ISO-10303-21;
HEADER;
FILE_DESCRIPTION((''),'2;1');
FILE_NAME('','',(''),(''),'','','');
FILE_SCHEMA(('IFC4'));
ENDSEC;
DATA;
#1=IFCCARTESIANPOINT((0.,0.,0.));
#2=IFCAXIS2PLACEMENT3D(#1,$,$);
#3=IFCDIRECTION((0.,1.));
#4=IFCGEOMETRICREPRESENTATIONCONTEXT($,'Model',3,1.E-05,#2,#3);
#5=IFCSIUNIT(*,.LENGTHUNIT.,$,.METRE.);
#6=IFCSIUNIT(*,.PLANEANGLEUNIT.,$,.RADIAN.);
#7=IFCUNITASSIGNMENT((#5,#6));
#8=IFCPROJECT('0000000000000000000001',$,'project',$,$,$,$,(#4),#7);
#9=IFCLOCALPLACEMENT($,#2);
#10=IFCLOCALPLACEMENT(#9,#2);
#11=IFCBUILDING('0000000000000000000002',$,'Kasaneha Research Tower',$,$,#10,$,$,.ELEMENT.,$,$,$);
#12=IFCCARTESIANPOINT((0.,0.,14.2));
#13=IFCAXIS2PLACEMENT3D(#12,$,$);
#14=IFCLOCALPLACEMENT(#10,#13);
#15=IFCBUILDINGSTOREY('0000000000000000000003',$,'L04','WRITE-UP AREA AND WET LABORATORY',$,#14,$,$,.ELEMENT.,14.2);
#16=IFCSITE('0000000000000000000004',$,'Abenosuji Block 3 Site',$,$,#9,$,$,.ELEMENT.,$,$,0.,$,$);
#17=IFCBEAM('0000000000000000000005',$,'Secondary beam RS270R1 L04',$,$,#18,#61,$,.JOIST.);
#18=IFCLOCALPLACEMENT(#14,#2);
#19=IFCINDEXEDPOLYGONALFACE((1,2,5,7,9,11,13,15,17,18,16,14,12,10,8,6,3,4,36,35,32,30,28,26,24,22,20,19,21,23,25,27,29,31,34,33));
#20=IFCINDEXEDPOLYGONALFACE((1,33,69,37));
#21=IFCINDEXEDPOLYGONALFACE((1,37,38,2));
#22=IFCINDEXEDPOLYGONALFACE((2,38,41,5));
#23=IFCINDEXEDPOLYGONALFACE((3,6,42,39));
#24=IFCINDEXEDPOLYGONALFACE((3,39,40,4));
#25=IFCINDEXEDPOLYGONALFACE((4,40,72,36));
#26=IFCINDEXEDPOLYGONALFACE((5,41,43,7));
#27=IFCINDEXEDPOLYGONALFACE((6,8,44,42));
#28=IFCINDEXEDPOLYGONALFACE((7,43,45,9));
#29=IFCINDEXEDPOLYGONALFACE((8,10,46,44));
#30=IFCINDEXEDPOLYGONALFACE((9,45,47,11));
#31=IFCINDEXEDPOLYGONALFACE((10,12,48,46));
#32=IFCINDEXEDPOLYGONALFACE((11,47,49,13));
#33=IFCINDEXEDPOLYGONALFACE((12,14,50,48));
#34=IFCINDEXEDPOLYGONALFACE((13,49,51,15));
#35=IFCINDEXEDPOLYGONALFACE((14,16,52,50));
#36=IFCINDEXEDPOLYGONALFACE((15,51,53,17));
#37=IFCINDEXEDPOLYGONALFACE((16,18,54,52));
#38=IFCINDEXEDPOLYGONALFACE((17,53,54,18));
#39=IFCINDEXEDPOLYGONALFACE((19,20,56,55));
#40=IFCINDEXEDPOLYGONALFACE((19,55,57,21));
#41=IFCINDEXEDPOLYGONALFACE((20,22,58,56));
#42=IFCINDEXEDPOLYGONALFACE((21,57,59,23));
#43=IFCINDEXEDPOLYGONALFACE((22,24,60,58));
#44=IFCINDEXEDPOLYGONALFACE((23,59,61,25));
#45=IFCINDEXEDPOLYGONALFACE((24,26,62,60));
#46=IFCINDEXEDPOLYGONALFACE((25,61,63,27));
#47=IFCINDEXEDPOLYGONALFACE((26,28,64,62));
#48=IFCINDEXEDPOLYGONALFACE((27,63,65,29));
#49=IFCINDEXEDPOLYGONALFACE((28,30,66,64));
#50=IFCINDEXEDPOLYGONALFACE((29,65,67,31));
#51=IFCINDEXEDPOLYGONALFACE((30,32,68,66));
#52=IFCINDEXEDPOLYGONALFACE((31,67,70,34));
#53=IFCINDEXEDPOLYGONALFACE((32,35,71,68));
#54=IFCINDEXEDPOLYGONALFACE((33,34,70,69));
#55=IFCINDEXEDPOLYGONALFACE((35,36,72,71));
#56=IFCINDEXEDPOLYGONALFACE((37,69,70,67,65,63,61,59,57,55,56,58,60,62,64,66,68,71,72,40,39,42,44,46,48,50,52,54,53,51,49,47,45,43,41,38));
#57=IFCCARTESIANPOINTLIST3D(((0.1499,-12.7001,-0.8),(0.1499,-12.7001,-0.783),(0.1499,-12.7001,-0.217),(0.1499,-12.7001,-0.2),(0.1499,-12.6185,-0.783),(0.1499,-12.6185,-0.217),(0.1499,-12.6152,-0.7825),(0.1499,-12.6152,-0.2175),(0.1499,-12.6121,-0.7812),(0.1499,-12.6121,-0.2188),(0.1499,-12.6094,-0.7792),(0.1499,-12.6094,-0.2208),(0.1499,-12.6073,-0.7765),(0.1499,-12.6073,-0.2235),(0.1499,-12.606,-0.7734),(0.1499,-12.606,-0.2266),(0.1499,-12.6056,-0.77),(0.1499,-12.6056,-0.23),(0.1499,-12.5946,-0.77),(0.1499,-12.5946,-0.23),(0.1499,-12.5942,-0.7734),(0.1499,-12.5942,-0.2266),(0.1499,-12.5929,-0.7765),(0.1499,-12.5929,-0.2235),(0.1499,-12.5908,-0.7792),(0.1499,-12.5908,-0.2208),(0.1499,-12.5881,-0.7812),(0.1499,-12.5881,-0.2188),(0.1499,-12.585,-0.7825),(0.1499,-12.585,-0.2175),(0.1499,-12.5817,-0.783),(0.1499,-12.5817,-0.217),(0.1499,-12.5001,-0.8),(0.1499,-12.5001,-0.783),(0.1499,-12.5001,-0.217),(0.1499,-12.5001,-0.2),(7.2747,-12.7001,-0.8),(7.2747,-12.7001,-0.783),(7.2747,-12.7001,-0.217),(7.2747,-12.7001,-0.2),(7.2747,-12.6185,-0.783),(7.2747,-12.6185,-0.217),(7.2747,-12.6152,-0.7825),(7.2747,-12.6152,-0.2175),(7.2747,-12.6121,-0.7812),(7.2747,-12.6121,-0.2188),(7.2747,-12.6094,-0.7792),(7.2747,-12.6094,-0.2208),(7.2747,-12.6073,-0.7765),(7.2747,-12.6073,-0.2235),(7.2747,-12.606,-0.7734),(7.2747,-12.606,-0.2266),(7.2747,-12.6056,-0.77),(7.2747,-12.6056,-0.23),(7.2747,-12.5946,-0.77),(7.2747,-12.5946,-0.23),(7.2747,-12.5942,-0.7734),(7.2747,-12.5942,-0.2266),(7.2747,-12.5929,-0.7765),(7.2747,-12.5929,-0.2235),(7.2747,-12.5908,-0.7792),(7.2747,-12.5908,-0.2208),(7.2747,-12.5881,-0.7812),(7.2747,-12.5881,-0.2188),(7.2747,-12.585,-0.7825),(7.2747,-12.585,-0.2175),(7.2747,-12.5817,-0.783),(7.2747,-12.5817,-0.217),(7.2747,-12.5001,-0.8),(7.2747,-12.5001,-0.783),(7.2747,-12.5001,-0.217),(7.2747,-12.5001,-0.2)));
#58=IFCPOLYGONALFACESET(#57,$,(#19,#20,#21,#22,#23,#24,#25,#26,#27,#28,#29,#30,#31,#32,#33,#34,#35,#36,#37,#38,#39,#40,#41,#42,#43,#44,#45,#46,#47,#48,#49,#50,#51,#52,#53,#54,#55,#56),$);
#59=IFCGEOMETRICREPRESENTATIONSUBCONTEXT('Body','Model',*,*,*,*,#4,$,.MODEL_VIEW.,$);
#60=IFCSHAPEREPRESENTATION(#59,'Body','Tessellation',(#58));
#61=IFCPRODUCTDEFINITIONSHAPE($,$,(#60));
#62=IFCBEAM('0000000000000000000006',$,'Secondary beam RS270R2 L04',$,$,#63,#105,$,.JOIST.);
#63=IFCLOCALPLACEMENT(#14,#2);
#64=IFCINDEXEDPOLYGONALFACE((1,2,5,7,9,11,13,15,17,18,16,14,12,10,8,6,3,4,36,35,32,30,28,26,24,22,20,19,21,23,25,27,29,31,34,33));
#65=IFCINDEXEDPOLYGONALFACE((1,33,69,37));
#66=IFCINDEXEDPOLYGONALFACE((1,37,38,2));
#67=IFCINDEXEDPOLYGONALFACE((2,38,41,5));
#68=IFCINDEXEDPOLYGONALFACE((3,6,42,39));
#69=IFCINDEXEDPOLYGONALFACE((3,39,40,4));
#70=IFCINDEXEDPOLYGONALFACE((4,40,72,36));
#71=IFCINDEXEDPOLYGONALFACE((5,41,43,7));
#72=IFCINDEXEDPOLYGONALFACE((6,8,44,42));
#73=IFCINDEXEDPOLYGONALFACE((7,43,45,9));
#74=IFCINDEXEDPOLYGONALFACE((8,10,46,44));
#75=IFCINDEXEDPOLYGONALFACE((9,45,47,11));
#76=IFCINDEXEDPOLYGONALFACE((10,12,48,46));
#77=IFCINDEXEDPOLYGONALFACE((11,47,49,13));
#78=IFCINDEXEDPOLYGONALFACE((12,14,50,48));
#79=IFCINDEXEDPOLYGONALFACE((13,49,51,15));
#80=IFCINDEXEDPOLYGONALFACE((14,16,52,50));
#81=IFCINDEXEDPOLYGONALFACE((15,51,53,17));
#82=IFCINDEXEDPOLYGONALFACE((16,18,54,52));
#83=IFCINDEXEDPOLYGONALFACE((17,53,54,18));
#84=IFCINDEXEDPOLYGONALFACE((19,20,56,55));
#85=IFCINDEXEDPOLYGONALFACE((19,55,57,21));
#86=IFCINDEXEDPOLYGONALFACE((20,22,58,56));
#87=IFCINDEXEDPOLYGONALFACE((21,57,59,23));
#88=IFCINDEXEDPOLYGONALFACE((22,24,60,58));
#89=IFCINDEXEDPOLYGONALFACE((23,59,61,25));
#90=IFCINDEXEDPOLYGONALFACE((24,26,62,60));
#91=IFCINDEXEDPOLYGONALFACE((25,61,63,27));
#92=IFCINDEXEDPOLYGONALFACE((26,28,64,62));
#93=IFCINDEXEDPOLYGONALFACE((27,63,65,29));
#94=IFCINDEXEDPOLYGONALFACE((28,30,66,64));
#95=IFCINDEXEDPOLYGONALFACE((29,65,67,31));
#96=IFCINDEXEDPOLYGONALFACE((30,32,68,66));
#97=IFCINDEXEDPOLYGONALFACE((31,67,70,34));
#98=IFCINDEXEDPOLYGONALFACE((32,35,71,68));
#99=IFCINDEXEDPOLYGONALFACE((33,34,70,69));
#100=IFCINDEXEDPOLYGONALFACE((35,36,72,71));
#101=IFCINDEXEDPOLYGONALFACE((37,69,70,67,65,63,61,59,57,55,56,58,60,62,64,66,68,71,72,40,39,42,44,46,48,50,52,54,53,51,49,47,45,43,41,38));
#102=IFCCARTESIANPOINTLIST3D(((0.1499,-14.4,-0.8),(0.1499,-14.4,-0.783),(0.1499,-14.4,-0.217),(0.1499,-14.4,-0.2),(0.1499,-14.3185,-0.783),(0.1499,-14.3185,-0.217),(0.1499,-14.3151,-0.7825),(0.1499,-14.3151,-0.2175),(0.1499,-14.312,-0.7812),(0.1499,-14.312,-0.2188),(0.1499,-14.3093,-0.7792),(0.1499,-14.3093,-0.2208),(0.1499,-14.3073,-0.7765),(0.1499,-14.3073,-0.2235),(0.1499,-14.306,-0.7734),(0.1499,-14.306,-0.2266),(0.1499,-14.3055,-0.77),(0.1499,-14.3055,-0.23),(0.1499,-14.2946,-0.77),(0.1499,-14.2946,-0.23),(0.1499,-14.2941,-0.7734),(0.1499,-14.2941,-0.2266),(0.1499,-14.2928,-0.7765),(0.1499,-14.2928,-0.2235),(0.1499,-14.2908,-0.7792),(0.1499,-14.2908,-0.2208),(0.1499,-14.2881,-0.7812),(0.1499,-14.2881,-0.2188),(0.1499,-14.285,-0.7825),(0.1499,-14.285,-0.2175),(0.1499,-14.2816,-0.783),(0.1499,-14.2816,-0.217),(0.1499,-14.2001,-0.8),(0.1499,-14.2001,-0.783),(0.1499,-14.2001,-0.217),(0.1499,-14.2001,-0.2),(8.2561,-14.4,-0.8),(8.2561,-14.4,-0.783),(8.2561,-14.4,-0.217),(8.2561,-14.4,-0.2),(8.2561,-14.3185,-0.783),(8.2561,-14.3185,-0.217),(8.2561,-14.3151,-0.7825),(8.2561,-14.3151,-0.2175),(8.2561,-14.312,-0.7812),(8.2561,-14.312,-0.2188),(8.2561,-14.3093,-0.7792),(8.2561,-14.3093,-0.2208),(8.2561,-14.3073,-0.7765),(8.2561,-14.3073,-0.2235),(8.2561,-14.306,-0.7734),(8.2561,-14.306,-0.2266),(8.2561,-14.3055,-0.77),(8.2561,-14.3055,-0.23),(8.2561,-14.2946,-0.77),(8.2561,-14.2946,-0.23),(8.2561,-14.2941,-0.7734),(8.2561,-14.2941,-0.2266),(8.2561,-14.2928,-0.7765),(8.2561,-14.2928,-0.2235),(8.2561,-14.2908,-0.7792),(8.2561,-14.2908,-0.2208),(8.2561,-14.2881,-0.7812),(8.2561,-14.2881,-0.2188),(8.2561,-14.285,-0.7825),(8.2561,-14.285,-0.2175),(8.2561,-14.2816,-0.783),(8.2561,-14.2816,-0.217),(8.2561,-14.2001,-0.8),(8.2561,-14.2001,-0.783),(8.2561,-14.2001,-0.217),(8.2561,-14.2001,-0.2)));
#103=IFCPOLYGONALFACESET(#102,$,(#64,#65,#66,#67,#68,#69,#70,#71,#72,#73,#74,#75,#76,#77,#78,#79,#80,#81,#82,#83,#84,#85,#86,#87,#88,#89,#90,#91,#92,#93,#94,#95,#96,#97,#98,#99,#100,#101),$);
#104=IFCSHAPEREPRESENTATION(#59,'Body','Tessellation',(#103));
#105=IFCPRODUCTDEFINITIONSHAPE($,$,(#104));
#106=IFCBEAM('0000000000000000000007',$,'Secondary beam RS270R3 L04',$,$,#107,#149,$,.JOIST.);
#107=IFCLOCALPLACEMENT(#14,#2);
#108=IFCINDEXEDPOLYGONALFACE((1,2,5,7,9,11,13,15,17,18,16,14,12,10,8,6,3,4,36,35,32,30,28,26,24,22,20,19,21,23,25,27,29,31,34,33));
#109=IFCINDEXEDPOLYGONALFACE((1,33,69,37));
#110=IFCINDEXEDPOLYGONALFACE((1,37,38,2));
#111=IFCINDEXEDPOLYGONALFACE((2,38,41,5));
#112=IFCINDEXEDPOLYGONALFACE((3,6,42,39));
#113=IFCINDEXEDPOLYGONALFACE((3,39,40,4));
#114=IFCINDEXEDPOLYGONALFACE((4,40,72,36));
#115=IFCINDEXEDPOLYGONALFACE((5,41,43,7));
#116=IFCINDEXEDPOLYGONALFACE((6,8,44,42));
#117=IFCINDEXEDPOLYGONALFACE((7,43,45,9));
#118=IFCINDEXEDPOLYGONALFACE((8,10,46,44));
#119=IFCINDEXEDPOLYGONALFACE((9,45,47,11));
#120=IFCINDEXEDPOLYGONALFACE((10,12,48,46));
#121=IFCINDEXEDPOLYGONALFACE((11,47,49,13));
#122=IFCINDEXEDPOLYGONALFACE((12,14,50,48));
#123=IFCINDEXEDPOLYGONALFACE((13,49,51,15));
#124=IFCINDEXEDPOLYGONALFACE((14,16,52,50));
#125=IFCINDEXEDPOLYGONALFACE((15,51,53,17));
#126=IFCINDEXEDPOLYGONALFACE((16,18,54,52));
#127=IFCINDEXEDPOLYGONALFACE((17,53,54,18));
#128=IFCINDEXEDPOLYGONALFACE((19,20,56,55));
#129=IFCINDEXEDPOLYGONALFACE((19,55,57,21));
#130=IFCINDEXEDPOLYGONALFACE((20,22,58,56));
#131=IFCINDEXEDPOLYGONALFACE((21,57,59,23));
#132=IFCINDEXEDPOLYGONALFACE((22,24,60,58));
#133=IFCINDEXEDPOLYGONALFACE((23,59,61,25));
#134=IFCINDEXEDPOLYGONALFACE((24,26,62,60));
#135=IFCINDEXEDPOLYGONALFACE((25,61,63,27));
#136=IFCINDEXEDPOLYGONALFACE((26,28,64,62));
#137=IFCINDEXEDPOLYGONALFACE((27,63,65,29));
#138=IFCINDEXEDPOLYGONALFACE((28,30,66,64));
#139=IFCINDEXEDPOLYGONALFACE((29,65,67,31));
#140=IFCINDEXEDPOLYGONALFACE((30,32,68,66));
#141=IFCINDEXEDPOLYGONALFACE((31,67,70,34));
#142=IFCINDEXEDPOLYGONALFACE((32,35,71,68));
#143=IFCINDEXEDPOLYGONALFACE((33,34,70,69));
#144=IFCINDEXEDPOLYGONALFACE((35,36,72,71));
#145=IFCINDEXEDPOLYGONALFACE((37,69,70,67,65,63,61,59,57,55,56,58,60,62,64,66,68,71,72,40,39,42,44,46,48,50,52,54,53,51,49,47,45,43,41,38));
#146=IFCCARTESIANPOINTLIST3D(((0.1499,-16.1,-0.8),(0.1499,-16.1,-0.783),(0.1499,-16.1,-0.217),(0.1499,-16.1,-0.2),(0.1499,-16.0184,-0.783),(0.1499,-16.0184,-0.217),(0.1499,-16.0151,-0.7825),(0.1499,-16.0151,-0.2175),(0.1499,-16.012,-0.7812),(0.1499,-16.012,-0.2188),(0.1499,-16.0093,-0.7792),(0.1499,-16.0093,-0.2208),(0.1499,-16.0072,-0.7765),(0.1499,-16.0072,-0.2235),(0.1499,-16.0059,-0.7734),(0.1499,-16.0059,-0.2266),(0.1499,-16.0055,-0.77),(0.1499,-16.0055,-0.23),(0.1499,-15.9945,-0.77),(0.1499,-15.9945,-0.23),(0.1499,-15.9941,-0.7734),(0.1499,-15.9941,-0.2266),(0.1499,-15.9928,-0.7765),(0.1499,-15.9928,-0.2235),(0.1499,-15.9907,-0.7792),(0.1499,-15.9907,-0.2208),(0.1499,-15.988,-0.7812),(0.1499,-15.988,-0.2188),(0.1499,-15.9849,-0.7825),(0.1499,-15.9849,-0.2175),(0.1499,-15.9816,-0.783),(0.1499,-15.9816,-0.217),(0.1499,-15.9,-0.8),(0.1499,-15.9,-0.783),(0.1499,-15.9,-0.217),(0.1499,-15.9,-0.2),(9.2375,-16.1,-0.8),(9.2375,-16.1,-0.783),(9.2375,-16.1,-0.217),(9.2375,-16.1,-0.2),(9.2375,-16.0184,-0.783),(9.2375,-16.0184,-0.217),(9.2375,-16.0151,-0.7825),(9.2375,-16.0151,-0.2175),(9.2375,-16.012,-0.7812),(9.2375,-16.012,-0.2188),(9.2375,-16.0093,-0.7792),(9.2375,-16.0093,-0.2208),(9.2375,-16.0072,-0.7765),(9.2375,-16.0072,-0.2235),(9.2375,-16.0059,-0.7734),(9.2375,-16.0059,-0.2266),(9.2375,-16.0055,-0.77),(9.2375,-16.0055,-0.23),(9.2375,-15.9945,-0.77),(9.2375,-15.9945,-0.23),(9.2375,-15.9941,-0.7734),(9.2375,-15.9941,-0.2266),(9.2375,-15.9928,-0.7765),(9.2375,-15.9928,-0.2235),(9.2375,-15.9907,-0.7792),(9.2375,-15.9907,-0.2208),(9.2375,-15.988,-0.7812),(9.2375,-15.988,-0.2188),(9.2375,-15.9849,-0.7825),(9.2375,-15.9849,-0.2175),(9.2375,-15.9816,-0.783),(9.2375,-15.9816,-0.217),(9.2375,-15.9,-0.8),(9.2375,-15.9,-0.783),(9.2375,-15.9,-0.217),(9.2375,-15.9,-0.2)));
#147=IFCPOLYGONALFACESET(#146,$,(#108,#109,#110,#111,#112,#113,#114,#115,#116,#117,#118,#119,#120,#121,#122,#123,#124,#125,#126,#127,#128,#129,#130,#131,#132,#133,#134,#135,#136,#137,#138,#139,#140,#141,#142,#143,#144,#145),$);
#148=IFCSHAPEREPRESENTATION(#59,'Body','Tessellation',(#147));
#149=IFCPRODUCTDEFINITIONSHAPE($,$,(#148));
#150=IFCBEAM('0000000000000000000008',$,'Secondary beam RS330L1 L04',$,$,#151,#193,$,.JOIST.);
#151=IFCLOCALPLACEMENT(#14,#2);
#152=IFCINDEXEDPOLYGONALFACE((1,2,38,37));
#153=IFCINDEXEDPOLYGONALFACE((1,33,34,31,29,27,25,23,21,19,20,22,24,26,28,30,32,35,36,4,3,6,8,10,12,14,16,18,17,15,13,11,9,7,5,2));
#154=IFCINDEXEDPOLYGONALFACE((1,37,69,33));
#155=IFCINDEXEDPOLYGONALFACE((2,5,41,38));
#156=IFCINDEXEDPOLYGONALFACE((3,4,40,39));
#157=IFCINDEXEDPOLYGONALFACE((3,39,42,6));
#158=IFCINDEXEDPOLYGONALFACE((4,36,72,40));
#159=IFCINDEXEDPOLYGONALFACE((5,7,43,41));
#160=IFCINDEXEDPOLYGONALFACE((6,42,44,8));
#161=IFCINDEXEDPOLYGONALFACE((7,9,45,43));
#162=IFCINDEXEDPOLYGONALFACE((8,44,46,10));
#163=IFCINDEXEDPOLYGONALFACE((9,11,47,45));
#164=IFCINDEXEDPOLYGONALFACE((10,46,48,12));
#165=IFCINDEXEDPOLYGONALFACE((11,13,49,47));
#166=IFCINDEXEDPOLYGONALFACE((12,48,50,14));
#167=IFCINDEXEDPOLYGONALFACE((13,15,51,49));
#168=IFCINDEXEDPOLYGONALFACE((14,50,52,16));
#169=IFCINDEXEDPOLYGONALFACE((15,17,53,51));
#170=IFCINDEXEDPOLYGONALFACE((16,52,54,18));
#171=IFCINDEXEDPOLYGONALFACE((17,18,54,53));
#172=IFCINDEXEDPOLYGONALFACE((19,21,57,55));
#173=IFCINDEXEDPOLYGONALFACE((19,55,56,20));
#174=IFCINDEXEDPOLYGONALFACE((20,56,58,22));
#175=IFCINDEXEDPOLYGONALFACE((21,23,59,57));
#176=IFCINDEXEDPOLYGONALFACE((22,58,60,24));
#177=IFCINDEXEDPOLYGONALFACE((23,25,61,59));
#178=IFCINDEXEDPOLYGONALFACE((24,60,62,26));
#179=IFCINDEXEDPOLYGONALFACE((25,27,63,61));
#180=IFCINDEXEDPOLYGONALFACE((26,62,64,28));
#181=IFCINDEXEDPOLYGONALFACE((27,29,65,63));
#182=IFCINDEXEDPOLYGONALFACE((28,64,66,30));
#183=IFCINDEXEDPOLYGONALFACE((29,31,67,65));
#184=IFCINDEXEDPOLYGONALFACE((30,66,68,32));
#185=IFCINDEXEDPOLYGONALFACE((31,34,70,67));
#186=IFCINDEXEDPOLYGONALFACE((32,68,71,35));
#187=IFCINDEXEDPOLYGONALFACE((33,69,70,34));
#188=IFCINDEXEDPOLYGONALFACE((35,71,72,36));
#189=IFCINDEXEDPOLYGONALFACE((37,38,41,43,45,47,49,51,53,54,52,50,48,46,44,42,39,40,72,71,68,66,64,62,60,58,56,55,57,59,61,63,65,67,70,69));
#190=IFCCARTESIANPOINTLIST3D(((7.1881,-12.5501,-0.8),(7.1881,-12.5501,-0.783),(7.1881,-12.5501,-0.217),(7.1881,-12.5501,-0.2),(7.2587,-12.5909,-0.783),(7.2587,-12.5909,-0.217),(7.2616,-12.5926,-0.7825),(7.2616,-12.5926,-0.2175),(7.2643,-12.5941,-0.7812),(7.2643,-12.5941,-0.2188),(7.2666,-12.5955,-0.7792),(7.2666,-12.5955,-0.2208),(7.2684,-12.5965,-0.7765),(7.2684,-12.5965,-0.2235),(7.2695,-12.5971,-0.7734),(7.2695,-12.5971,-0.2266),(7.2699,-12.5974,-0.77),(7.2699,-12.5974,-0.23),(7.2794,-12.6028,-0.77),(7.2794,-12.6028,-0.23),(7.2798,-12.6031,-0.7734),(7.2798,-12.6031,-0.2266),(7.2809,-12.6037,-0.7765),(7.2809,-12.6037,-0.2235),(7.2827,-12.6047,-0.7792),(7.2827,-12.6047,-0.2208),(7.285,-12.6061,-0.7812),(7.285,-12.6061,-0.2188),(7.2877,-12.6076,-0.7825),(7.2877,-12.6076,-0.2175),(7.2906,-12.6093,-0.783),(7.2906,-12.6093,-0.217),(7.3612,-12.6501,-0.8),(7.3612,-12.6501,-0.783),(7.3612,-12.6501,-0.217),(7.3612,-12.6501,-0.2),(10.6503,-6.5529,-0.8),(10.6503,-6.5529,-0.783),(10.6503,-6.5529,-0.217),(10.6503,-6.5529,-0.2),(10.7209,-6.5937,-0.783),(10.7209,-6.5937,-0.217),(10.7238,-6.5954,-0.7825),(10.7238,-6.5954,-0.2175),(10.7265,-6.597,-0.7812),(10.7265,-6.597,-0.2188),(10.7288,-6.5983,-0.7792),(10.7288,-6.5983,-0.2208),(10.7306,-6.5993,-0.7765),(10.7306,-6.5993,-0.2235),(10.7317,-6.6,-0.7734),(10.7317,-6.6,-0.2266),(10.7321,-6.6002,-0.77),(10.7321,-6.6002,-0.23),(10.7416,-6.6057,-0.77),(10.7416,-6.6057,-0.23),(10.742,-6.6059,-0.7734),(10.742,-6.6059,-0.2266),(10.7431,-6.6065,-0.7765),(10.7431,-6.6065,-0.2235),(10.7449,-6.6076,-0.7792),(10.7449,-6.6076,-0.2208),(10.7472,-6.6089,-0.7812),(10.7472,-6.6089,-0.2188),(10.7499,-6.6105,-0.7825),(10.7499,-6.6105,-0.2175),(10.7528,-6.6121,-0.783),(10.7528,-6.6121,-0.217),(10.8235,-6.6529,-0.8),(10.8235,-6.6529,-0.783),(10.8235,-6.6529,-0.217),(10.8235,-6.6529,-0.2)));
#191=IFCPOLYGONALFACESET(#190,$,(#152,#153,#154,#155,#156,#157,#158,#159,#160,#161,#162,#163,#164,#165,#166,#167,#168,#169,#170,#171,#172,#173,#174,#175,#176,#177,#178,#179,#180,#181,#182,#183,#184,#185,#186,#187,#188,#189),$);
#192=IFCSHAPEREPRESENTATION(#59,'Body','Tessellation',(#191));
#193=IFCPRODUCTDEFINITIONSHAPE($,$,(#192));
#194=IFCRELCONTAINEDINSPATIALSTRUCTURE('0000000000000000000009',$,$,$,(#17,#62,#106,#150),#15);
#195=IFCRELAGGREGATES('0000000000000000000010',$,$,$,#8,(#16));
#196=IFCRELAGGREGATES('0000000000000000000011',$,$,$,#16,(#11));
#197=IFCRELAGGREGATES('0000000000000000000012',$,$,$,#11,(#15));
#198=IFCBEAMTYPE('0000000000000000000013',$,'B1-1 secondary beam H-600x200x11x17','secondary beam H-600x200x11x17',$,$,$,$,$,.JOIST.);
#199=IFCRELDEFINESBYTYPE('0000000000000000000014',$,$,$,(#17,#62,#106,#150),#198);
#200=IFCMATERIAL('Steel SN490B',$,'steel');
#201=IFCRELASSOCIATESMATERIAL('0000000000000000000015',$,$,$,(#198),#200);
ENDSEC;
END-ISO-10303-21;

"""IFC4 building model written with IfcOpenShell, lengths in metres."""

from ifc_helpers import new_model, si_unit, direction, frame, origin, origin_2d, place, context, subcontext, project, spatial, i_section, extrude, material, material_profile, profile_set, type_object, element, save


model = new_model("IFC4")

# Units and contexts
model_context = context("Model", 3, precision=1e-05, world=origin(), true_north=direction((0.0, 1.0)))
body_context = subcontext(model_context, "Body", "Model", "MODEL_VIEW")
ifc_project = project(units=[si_unit("LENGTHUNIT", "METRE"), si_unit("PLANEANGLEUNIT", "RADIAN")], contexts=[model_context])

# Site, building, storey
site_placement = place(None, origin())
site = spatial("IfcSite", under=ifc_project, at=site_placement, Name="Abenosuji Block 3 Site", CompositionType="ELEMENT", RefElevation=0.0)
building_placement = place(site_placement, origin())
building = spatial("IfcBuilding", under=site, at=building_placement, Name="Kasaneha Research Tower", CompositionType="ELEMENT")
storey_placement = place(building_placement, frame((0.0, 0.0, 14.2)))
storey = spatial("IfcBuildingStorey", under=building, at=storey_placement, Name="L04", Description="WRITE-UP AREA AND WET LABORATORY", CompositionType="ELEMENT", Elevation=14.2)

# Beams
ifc_material_1 = material(Name="Steel SN490B", Category="steel")
ifc_material_profile_1 = material_profile(ifc_material_1, i_section(OverallWidth=0.2, OverallDepth=0.6001, WebThickness=0.011, FlangeThickness=0.0171, FilletRadius=0.0129, at=origin_2d()), Name="H-600x200x11x17")
ifc_profile_set_1 = profile_set([ifc_material_profile_1], Name="Steel SN490B")
beam_type_1 = type_object("IfcBeamType", Name="B1-1 secondary beam H-600x200x11x17", Description="secondary beam H-600x200x11x17", PredefinedType="JOIST", material=ifc_profile_set_1)
beam_1_placement = place(storey_placement, frame((7.2747, -12.6001, -0.5), z_axis=(-1.0, 0.0, 0.0), x_axis=(0.0, -1.0, 0.0)))
element("IfcBeam", 1, at=beam_1_placement, inside=storey, type_object=beam_type_1, Name="Secondary beam RS270R1 L04", PredefinedType="JOIST", context=body_context, shape_type="SweptSolid", body=[
    extrude(i_section(OverallWidth=0.2, OverallDepth=0.6001, WebThickness=0.011, FlangeThickness=0.0171, FilletRadius=0.0129, at=origin_2d()), origin(), (0.0, 0.0, 1.0), 7.1248),
])
beam_2_placement = place(storey_placement, frame((8.2561, -14.3, -0.5), z_axis=(-1.0, 0.0, 0.0), x_axis=(0.0, -1.0, 0.0)))
element("IfcBeam", 2, at=beam_2_placement, inside=storey, type_object=beam_type_1, Name="Secondary beam RS270R2 L04", PredefinedType="JOIST", context=body_context, shape_type="SweptSolid", body=[
    extrude(i_section(OverallWidth=0.2, OverallDepth=0.6001, WebThickness=0.011, FlangeThickness=0.0171, FilletRadius=0.0129, at=origin_2d()), origin(), (0.0, 0.0, 1.0), 8.1062),
])
beam_3_placement = place(storey_placement, frame((9.2375, -16.0, -0.5), z_axis=(-1.0, 0.0, 0.0), x_axis=(0.0, -1.0, 0.0)))
element("IfcBeam", 3, at=beam_3_placement, inside=storey, type_object=beam_type_1, Name="Secondary beam RS270R3 L04", PredefinedType="JOIST", context=body_context, shape_type="SweptSolid", body=[
    extrude(i_section(OverallWidth=0.2, OverallDepth=0.6001, WebThickness=0.011, FlangeThickness=0.0171, FilletRadius=0.0129, at=origin_2d()), origin(), (0.0, 0.0, 1.0), 9.0876),
])
beam_4_placement = place(storey_placement, frame((7.2747, -12.6001, -0.5), z_axis=(0.499973, 0.866041, 0.0), x_axis=(-0.866041, 0.499973, 0.0)))
element("IfcBeam", 4, at=beam_4_placement, inside=storey, type_object=beam_type_1, Name="Secondary beam RS330L1 L04", PredefinedType="JOIST", context=body_context, shape_type="SweptSolid", body=[
    extrude(i_section(OverallWidth=0.2, OverallDepth=0.6001, WebThickness=0.011, FlangeThickness=0.0171, FilletRadius=0.0129, at=origin_2d()), origin(), (0.0, 0.0, 1.0), 6.9248),
])

save(model, "model.ifc")
